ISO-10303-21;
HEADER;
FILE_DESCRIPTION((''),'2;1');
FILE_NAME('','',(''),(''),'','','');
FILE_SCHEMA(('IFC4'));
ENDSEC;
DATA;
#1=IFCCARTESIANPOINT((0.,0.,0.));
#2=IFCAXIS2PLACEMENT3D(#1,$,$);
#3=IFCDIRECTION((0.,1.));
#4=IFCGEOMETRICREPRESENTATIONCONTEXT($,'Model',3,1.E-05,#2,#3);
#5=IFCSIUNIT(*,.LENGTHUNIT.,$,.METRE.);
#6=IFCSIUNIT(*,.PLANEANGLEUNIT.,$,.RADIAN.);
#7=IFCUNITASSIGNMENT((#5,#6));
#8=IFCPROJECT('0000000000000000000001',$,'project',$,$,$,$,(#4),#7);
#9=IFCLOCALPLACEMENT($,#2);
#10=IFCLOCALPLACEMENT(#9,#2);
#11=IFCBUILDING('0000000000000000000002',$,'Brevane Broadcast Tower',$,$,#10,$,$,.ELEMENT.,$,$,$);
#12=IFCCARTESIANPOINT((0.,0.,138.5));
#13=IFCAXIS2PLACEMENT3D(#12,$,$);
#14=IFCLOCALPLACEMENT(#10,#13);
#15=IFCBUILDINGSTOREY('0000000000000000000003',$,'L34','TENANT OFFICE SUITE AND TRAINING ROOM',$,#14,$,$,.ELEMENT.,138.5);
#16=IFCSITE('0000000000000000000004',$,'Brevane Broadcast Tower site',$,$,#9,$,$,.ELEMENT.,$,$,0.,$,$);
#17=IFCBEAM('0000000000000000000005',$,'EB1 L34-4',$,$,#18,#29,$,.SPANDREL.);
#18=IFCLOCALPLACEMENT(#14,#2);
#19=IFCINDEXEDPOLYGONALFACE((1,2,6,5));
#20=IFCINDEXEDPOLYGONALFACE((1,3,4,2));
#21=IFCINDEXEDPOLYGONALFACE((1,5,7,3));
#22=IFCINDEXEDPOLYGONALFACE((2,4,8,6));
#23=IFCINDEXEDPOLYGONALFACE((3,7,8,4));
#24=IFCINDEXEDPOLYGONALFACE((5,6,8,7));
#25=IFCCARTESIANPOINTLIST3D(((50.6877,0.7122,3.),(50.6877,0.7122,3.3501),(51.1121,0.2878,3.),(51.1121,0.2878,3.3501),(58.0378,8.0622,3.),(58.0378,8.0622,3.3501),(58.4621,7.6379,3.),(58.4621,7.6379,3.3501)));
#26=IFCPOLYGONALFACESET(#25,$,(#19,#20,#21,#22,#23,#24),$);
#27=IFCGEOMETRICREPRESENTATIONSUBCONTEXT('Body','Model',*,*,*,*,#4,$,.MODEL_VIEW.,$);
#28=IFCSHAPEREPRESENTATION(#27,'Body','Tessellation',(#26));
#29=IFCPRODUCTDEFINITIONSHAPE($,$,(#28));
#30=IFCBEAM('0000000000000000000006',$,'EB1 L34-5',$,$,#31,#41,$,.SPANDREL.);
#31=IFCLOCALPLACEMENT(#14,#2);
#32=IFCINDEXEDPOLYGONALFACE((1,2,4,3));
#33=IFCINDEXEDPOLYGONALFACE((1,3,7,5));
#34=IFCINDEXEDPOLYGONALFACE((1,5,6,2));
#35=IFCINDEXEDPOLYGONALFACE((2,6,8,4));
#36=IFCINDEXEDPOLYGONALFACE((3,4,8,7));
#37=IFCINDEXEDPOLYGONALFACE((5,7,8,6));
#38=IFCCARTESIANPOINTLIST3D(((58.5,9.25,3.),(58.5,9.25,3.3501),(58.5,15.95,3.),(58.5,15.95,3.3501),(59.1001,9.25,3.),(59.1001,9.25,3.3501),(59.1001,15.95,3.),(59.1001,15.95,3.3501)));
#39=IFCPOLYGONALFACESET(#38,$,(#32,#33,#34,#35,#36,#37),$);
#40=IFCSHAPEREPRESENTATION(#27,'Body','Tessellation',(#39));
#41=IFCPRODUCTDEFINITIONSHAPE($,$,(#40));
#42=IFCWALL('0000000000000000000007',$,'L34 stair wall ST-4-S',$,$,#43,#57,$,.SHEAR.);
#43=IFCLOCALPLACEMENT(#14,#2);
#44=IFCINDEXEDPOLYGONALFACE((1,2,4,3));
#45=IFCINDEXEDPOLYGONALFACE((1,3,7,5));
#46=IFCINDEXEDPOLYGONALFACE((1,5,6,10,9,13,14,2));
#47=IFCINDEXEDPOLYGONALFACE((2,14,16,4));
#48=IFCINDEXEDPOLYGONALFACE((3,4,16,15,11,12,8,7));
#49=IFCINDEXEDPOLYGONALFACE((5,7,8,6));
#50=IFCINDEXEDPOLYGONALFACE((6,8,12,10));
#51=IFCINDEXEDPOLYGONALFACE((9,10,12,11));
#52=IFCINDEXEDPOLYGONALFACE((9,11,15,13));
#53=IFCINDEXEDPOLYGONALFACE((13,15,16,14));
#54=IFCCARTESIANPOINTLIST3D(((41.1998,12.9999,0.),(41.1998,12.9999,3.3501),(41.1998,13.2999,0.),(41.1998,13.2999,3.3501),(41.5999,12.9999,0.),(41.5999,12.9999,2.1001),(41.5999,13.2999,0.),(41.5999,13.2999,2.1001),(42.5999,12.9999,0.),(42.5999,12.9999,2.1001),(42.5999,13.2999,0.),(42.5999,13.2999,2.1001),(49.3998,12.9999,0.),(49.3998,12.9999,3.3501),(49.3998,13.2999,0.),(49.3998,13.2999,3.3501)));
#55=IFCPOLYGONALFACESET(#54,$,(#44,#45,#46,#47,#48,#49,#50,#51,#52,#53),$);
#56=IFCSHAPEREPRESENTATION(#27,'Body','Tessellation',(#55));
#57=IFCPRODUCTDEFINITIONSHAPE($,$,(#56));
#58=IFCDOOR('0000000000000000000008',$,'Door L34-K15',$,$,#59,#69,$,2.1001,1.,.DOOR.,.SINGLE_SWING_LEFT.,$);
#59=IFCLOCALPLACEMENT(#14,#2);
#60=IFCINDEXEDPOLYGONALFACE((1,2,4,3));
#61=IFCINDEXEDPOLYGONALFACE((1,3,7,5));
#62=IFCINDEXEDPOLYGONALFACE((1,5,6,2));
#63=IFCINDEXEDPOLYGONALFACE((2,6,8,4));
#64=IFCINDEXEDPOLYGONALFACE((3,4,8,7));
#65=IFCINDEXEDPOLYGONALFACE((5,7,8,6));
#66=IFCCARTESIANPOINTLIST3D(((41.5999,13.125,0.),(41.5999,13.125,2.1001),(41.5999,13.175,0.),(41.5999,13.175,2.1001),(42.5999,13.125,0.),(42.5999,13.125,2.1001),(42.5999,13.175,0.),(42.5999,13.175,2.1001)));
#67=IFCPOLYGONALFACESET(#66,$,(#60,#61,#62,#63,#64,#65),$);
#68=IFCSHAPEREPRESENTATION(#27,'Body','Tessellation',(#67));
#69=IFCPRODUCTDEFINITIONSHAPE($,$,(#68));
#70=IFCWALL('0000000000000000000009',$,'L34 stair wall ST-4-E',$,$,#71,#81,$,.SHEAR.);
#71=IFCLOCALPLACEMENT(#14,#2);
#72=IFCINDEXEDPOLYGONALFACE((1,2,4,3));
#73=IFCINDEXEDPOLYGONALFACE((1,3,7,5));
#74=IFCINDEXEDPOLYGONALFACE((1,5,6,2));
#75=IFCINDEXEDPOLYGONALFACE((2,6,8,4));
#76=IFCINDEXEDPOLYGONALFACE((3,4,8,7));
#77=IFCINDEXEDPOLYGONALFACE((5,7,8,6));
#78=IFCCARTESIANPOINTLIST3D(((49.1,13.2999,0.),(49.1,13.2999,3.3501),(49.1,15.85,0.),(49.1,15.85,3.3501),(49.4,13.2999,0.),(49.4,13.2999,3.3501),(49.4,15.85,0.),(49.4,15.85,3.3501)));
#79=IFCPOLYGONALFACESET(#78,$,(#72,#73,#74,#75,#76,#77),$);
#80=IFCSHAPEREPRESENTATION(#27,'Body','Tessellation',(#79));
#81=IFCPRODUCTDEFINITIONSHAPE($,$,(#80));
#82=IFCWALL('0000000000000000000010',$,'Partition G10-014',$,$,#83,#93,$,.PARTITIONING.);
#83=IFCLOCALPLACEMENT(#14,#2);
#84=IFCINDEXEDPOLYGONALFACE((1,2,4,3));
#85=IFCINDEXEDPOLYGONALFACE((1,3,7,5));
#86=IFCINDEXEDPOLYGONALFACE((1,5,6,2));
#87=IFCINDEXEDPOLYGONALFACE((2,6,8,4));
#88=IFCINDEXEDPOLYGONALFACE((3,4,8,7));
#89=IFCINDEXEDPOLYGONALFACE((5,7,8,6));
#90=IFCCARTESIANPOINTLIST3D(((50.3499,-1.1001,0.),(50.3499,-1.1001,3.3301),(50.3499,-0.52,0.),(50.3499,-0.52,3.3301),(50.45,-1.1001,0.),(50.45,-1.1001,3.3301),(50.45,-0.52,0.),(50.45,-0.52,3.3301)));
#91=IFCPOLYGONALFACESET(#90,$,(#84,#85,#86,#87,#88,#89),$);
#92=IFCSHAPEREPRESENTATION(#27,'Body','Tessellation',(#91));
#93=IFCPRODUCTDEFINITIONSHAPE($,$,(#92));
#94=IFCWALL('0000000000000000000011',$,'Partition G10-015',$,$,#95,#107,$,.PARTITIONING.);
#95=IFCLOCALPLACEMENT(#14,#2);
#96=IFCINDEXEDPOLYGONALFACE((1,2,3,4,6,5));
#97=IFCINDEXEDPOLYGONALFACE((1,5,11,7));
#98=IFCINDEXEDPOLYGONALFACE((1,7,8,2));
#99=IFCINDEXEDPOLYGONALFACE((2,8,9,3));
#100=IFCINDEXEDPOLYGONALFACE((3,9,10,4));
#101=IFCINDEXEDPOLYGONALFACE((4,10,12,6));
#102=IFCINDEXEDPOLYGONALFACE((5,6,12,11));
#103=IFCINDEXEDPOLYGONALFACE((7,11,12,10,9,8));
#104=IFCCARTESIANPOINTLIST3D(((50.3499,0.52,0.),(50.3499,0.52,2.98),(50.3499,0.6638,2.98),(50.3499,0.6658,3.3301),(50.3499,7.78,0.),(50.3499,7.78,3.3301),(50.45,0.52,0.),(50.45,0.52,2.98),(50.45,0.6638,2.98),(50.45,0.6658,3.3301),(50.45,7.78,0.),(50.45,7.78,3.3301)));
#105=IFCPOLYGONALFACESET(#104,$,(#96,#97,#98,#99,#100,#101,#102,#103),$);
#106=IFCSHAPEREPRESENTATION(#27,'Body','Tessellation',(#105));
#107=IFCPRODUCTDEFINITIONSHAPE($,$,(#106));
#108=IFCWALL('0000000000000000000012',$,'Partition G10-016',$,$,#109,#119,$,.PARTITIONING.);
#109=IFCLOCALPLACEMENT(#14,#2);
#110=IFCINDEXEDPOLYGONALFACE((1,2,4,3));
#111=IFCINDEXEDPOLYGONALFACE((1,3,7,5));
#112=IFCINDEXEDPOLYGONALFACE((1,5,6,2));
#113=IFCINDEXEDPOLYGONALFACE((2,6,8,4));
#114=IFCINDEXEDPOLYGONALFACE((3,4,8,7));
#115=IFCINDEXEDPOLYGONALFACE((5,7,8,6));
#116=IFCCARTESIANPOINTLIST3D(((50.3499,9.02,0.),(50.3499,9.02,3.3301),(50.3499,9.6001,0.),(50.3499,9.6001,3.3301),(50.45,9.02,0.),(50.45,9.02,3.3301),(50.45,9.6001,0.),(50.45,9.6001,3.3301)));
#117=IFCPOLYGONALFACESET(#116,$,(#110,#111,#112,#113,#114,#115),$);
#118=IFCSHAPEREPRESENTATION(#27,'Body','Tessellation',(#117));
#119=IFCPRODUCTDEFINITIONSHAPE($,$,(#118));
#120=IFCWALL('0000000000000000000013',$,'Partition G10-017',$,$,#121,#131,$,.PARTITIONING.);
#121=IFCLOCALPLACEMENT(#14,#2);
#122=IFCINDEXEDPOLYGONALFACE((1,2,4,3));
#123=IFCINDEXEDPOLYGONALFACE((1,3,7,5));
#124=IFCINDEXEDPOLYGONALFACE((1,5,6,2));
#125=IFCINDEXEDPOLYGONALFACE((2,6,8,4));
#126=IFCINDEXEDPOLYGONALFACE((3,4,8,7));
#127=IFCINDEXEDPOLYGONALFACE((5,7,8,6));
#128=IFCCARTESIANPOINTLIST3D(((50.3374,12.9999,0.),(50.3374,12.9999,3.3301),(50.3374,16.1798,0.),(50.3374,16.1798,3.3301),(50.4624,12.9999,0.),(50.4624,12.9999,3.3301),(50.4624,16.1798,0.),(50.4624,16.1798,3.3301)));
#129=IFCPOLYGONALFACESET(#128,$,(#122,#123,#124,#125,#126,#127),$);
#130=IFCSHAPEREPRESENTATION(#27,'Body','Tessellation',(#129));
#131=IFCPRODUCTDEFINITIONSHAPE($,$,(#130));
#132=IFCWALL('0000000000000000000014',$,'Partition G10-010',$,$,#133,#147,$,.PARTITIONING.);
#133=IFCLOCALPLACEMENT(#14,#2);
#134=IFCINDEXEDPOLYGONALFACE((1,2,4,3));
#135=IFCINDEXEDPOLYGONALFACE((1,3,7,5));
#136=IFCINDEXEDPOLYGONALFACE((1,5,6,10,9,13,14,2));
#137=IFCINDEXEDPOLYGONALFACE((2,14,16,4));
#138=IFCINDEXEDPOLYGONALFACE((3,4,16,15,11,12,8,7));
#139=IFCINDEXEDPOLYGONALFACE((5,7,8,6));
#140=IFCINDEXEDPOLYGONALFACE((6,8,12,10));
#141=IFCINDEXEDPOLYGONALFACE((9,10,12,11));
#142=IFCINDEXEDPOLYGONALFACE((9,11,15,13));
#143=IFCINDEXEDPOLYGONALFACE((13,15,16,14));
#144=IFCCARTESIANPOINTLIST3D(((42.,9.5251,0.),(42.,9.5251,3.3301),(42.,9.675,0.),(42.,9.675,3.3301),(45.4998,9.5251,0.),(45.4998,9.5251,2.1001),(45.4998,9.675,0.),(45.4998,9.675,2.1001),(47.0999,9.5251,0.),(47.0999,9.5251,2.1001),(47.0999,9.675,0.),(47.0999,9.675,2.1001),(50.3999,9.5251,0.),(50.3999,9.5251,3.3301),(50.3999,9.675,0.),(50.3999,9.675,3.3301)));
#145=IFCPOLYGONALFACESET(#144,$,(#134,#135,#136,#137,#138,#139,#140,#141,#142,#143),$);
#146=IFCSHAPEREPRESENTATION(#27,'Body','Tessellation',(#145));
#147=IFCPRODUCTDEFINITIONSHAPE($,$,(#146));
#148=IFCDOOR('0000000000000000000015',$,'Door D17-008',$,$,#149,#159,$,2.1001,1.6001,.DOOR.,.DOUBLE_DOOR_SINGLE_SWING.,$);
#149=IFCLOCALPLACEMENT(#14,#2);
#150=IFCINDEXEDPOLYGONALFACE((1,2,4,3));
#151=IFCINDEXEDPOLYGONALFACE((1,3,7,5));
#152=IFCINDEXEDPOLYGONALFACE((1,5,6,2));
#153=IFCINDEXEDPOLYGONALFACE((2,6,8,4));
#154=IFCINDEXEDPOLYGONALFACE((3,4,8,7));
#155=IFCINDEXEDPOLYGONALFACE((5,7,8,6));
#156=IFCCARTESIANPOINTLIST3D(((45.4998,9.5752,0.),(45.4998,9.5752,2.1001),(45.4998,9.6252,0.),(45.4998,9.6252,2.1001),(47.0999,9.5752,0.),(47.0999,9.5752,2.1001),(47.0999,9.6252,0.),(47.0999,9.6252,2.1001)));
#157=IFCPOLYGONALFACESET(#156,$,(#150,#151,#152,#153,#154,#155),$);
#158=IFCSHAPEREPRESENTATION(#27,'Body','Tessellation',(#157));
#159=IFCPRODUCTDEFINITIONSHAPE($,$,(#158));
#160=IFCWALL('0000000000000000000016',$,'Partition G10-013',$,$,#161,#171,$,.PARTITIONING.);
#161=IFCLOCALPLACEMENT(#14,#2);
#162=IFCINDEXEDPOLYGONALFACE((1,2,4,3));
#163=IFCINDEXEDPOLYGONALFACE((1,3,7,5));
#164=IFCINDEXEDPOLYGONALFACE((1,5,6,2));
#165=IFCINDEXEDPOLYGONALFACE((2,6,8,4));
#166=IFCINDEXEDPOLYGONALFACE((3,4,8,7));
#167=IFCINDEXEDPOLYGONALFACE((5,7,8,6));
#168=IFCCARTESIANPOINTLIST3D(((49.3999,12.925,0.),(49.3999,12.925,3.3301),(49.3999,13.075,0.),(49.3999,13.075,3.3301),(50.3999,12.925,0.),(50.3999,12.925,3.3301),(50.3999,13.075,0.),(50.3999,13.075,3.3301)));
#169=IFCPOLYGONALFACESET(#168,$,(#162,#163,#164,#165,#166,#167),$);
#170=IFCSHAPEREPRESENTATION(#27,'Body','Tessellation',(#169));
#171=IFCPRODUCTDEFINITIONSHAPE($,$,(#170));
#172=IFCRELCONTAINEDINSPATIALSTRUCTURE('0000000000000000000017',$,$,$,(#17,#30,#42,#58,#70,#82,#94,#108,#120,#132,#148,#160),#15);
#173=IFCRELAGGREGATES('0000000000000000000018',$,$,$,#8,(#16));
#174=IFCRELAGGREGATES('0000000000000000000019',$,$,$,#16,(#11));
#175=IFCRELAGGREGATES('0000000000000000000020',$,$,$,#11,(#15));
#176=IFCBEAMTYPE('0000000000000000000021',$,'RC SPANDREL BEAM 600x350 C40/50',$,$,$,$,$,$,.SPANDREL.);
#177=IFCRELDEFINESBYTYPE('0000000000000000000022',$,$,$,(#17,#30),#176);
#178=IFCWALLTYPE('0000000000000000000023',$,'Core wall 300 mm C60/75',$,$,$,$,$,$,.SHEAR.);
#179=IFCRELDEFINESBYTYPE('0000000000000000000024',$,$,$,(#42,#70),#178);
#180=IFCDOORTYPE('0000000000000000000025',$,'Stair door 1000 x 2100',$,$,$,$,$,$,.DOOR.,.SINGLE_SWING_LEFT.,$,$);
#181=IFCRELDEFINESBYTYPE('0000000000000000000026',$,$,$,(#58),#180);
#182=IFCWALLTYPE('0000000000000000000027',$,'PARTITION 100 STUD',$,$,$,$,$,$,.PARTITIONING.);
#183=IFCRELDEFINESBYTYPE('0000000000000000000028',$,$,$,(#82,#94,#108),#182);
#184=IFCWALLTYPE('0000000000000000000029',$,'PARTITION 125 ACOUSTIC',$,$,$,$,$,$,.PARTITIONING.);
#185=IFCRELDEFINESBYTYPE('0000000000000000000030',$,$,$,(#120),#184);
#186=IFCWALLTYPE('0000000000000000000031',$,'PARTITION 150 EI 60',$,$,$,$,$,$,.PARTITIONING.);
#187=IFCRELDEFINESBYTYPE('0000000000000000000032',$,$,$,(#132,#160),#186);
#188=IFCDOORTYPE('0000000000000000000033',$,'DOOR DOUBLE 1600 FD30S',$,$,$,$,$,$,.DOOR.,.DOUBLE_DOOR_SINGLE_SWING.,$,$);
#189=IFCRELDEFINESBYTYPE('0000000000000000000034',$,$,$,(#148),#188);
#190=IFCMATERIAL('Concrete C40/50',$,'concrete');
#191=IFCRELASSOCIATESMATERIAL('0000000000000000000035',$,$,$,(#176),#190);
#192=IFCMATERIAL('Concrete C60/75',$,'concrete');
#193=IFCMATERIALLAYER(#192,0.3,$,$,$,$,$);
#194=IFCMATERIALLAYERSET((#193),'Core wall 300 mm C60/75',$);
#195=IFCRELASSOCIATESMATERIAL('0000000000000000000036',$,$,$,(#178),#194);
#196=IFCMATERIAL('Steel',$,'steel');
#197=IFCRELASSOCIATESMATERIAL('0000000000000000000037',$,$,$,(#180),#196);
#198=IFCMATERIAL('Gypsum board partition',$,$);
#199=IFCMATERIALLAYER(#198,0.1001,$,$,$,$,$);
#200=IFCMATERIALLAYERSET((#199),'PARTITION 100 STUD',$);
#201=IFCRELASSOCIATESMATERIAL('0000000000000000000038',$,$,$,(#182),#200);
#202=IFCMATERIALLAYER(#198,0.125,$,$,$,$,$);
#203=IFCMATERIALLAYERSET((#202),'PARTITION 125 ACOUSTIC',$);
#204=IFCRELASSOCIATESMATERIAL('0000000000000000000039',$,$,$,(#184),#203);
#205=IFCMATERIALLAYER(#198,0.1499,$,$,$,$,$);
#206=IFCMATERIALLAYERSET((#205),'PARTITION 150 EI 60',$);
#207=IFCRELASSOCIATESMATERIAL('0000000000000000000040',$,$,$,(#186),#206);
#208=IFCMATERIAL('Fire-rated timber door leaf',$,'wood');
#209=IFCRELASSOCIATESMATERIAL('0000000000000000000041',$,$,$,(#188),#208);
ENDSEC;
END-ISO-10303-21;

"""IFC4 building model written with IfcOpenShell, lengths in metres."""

from ifc_helpers import new_model, si_unit, direction, frame, frame_2d, origin, origin_2d, place, context, subcontext, project, spatial, polyline, rectangle, outline, extrude, material, layer, layer_set, material_profile, profile_set, type_object, element, fill, save


model = new_model("IFC4")

# Units and contexts
model_context = context("Model", 3, precision=1e-05, world=origin(), true_north=direction((0.0, 1.0)))
body_context = subcontext(model_context, "Body", "Model", "MODEL_VIEW")
ifc_project = project(units=[si_unit("LENGTHUNIT", "METRE"), si_unit("PLANEANGLEUNIT", "RADIAN")], contexts=[model_context])

# Site, building, storey
site_placement = place(None, origin())
site = spatial("IfcSite", under=ifc_project, at=site_placement, Name="Brevane Broadcast Tower site", CompositionType="ELEMENT", RefElevation=0.0)
building_placement = place(site_placement, origin())
building = spatial("IfcBuilding", under=site, at=building_placement, Name="Brevane Broadcast Tower", CompositionType="ELEMENT")
storey_placement = place(building_placement, frame((0.0, 0.0, 138.5)))
storey = spatial("IfcBuildingStorey", under=building, at=storey_placement, Name="L34", Description="TENANT OFFICE SUITE AND TRAINING ROOM", CompositionType="ELEMENT", Elevation=138.5)

# Shared definitions
ifc_material_1 = material(Name="Concrete C60/75", Category="concrete")

# Beams
ifc_material_2 = material(Name="Concrete C40/50", Category="concrete")
ifc_material_profile_1 = material_profile(ifc_material_2, rectangle(XDim=0.6001, YDim=0.3501, at=origin_2d()), Name="RC 600x350")
ifc_profile_set_1 = profile_set([ifc_material_profile_1], Name="Concrete C40/50")
beam_type = type_object("IfcBeamType", Name="RC SPANDREL BEAM 600x350 C40/50", PredefinedType="SPANDREL", material=ifc_profile_set_1)
beam_1_placement = place(storey_placement, frame((50.8999, 0.5, 3.175), z_axis=(0.707107, 0.707107, 0.0), x_axis=(-0.707107, 0.707107, 0.0)))
element("IfcBeam", 1, at=beam_1_placement, inside=storey, type_object=beam_type, Name="EB1 L34-4", PredefinedType="SPANDREL", context=body_context, shape_type="SweptSolid", body=[
    extrude(rectangle(XDim=0.6001, YDim=0.3501, at=origin_2d()), origin(), (0.0, 0.0, 1.0), 10.3945),
])
beam_2_placement = place(storey_placement, frame((58.8, 9.25, 3.175), z_axis=(0.0, 1.0, 0.0), x_axis=(-1.0, 0.0, 0.0)))
element("IfcBeam", 2, at=beam_2_placement, inside=storey, type_object=beam_type, Name="EB1 L34-5", PredefinedType="SPANDREL", context=body_context, shape_type="SweptSolid", body=[
    extrude(rectangle(XDim=0.6001, YDim=0.3501, at=origin_2d()), origin(), (0.0, 0.0, 1.0), 6.7),
])

# Wall, opening, door
ifc_layer_1 = layer(ifc_material_1, 0.3)
ifc_layer_set_1 = layer_set([ifc_layer_1], Name="Core wall 300 mm C60/75")
wall_type_1 = type_object("IfcWallType", Name="Core wall 300 mm C60/75", PredefinedType="SHEAR", material=ifc_layer_set_1)
wall_1_placement = place(storey_placement, frame((49.3999, 13.1499, 0.0), z_axis=(0.0, 0.0, 1.0), x_axis=(-1.0, 0.0, 0.0)))
wall_1 = element("IfcWall", 3, at=wall_1_placement, inside=storey, type_object=wall_type_1, Name="L34 stair wall ST-4-S", PredefinedType="SHEAR", context=body_context, shape_type="SweptSolid", body=[
    extrude(rectangle(XDim=8.2, YDim=0.3, at=frame_2d((4.1001, 0.0))), origin(), (0.0, 0.0, 1.0), 3.3501),
])
opening_1_placement = place(wall_1_placement, frame((6.8, 0.0, 0.0)))
opening_1 = element("IfcOpeningElement", 4, at=opening_1_placement, cuts=wall_1, PredefinedType="OPENING", context=body_context, shape_type="SweptSolid", body=[
    extrude(rectangle(XDim=1.0, YDim=2.1001, at=frame_2d((0.5, 1.05))), frame((0.0, 0.1599, 0.0), z_axis=(0.0, -1.0, 0.0), x_axis=(1.0, 0.0, 0.0)), (0.0, 0.0, 1.0), 0.3201),
])
ifc_material_3 = material(Name="Steel", Category="steel")
door_type_1 = type_object("IfcDoorType", Name="Stair door 1000 x 2100", OperationType="SINGLE_SWING_LEFT", PredefinedType="DOOR", material=ifc_material_3)
door_1_placement = place(opening_1_placement, origin())
door_1 = element("IfcDoor", 5, at=door_1_placement, inside=storey, type_object=door_type_1, Name="Door L34-K15", OperationType="SINGLE_SWING_LEFT", OverallHeight=2.1001, OverallWidth=1.0, PredefinedType="DOOR", context=body_context, shape_type="SweptSolid", body=[
    extrude(rectangle(XDim=1.0, YDim=2.1001, at=frame_2d((0.5, 1.05))), frame((0.0, 0.0249, 0.0), z_axis=(0.0, -1.0, 0.0), x_axis=(1.0, 0.0, 0.0)), (0.0, 0.0, 1.0), 0.05),
])
fill(opening_1, door_1)

# Walls
wall_2_placement = place(storey_placement, frame((49.25, 13.3, 0.0), z_axis=(0.0, 0.0, 1.0), x_axis=(0.0, 1.0, 0.0)))
element("IfcWall", 6, at=wall_2_placement, inside=storey, type_object=wall_type_1, Name="L34 stair wall ST-4-E", PredefinedType="SHEAR", context=body_context, shape_type="SweptSolid", body=[
    extrude(rectangle(XDim=2.55, YDim=0.3, at=frame_2d((1.2749, 0.0))), origin(), (0.0, 0.0, 1.0), 3.3501),
])
ifc_material_4 = material(Name="Gypsum board partition")
ifc_layer_2 = layer(ifc_material_4, 0.1001)
ifc_layer_set_2 = layer_set([ifc_layer_2], Name="PARTITION 100 STUD")
wall_type_2 = type_object("IfcWallType", Name="PARTITION 100 STUD", PredefinedType="PARTITIONING", material=ifc_layer_set_2)
wall_3_placement = place(storey_placement, frame((50.3999, -1.1001, 0.0), z_axis=(0.0, 0.0, 1.0), x_axis=(0.0, 1.0, 0.0)))
element("IfcWall", 7, at=wall_3_placement, inside=storey, type_object=wall_type_2, Name="Partition G10-014", PredefinedType="PARTITIONING", context=body_context, shape_type="SweptSolid", body=[
    extrude(rectangle(XDim=0.5801, YDim=0.1001, at=frame_2d((0.29, 0.0))), origin(), (0.0, 0.0, 1.0), 3.3301),
])
wall_4_placement = place(storey_placement, frame((50.3999, 0.52, 0.0), z_axis=(0.0, 0.0, 1.0), x_axis=(0.0, 1.0, 0.0)))
element("IfcWall", 8, at=wall_4_placement, inside=storey, type_object=wall_type_2, Name="Partition G10-015", PredefinedType="PARTITIONING", context=body_context, shape_type="SweptSolid", body=[
    extrude(outline(polyline([(0.0, 0.0), (7.26, 0.0), (7.26, 3.3301), (0.1458, 3.3301), (0.1438, 2.98), (0.0, 2.98), (0.0, 0.0)])), frame((0.0, 0.05, 0.0), z_axis=(0.0, -1.0, 0.0), x_axis=(1.0, 0.0, 0.0)), (0.0, 0.0, 1.0), 0.1001),
])
wall_5_placement = place(storey_placement, frame((50.3999, 9.02, 0.0), z_axis=(0.0, 0.0, 1.0), x_axis=(0.0, 1.0, 0.0)))
element("IfcWall", 9, at=wall_5_placement, inside=storey, type_object=wall_type_2, Name="Partition G10-016", PredefinedType="PARTITIONING", context=body_context, shape_type="SweptSolid", body=[
    extrude(rectangle(XDim=0.5801, YDim=0.1001, at=frame_2d((0.29, 0.0))), origin(), (0.0, 0.0, 1.0), 3.3301),
])
ifc_layer_3 = layer(ifc_material_4, 0.125)
ifc_layer_set_3 = layer_set([ifc_layer_3], Name="PARTITION 125 ACOUSTIC")
wall_type_3 = type_object("IfcWallType", Name="PARTITION 125 ACOUSTIC", PredefinedType="PARTITIONING", material=ifc_layer_set_3)
wall_6_placement = place(storey_placement, frame((50.3999, 13.0, 0.0), z_axis=(0.0, 0.0, 1.0), x_axis=(0.0, 1.0, 0.0)))
element("IfcWall", 10, at=wall_6_placement, inside=storey, type_object=wall_type_3, Name="Partition G10-017", PredefinedType="PARTITIONING", context=body_context, shape_type="SweptSolid", body=[
    extrude(rectangle(XDim=3.1799, YDim=0.125, at=frame_2d((1.5898, 0.0))), origin(), (0.0, 0.0, 1.0), 3.3301),
])

# Wall, opening, door
ifc_layer_4 = layer(ifc_material_4, 0.1499)
ifc_layer_set_4 = layer_set([ifc_layer_4], Name="PARTITION 150 EI 60")
wall_type_4 = type_object("IfcWallType", Name="PARTITION 150 EI 60", PredefinedType="PARTITIONING", material=ifc_layer_set_4)
ifc_material_5 = material(Name="Fire-rated timber door leaf", Category="wood")
wall_7_placement = place(storey_placement, frame((50.3999, 9.6001, 0.0), z_axis=(0.0, 0.0, 1.0), x_axis=(-1.0, 0.0, 0.0)))
wall_7 = element("IfcWall", 11, at=wall_7_placement, inside=storey, type_object=wall_type_4, Name="Partition G10-010", PredefinedType="PARTITIONING", context=body_context, shape_type="SweptSolid", body=[
    extrude(rectangle(XDim=8.3999, YDim=0.1499, at=frame_2d((4.2, 0.0))), origin(), (0.0, 0.0, 1.0), 3.3301),
])
opening_2_placement = place(wall_7_placement, frame((3.3, 0.0, 0.0)))
opening_2 = element("IfcOpeningElement", 12, at=opening_2_placement, cuts=wall_7, PredefinedType="OPENING", context=body_context, shape_type="SweptSolid", body=[
    extrude(rectangle(XDim=1.6001, YDim=2.1001, at=frame_2d((0.8, 1.05))), frame((0.0, 0.085, 0.0), z_axis=(0.0, -1.0, 0.0), x_axis=(1.0, 0.0, 0.0)), (0.0, 0.0, 1.0), 0.1699),
])
door_type_2 = type_object("IfcDoorType", Name="DOOR DOUBLE 1600 FD30S", OperationType="DOUBLE_DOOR_SINGLE_SWING", PredefinedType="DOOR", material=ifc_material_5)
door_2_placement = place(opening_2_placement, origin())
door_2 = element("IfcDoor", 13, at=door_2_placement, inside=storey, type_object=door_type_2, Name="Door D17-008", OperationType="DOUBLE_DOOR_SINGLE_SWING", OverallHeight=2.1001, OverallWidth=1.6001, PredefinedType="DOOR", context=body_context, shape_type="SweptSolid", body=[
    extrude(rectangle(XDim=1.6001, YDim=2.1001, at=frame_2d((0.8, 1.05))), frame((0.0, 0.0249, 0.0), z_axis=(0.0, -1.0, 0.0), x_axis=(1.0, 0.0, 0.0)), (0.0, 0.0, 1.0), 0.05),
])
fill(opening_2, door_2)

# Wall
wall_8_placement = place(storey_placement, frame((49.3999, 13.0, 0.0), z_axis=(0.0, 0.0, 1.0), x_axis=(1.0, 0.0, 0.0)))
element("IfcWall", 14, at=wall_8_placement, inside=storey, type_object=wall_type_4, Name="Partition G10-013", PredefinedType="PARTITIONING", context=body_context, shape_type="SweptSolid", body=[
    extrude(rectangle(XDim=1.0, YDim=0.1499, at=frame_2d((0.5, 0.0))), origin(), (0.0, 0.0, 1.0), 3.3301),
])

save(model, "model.ifc")
